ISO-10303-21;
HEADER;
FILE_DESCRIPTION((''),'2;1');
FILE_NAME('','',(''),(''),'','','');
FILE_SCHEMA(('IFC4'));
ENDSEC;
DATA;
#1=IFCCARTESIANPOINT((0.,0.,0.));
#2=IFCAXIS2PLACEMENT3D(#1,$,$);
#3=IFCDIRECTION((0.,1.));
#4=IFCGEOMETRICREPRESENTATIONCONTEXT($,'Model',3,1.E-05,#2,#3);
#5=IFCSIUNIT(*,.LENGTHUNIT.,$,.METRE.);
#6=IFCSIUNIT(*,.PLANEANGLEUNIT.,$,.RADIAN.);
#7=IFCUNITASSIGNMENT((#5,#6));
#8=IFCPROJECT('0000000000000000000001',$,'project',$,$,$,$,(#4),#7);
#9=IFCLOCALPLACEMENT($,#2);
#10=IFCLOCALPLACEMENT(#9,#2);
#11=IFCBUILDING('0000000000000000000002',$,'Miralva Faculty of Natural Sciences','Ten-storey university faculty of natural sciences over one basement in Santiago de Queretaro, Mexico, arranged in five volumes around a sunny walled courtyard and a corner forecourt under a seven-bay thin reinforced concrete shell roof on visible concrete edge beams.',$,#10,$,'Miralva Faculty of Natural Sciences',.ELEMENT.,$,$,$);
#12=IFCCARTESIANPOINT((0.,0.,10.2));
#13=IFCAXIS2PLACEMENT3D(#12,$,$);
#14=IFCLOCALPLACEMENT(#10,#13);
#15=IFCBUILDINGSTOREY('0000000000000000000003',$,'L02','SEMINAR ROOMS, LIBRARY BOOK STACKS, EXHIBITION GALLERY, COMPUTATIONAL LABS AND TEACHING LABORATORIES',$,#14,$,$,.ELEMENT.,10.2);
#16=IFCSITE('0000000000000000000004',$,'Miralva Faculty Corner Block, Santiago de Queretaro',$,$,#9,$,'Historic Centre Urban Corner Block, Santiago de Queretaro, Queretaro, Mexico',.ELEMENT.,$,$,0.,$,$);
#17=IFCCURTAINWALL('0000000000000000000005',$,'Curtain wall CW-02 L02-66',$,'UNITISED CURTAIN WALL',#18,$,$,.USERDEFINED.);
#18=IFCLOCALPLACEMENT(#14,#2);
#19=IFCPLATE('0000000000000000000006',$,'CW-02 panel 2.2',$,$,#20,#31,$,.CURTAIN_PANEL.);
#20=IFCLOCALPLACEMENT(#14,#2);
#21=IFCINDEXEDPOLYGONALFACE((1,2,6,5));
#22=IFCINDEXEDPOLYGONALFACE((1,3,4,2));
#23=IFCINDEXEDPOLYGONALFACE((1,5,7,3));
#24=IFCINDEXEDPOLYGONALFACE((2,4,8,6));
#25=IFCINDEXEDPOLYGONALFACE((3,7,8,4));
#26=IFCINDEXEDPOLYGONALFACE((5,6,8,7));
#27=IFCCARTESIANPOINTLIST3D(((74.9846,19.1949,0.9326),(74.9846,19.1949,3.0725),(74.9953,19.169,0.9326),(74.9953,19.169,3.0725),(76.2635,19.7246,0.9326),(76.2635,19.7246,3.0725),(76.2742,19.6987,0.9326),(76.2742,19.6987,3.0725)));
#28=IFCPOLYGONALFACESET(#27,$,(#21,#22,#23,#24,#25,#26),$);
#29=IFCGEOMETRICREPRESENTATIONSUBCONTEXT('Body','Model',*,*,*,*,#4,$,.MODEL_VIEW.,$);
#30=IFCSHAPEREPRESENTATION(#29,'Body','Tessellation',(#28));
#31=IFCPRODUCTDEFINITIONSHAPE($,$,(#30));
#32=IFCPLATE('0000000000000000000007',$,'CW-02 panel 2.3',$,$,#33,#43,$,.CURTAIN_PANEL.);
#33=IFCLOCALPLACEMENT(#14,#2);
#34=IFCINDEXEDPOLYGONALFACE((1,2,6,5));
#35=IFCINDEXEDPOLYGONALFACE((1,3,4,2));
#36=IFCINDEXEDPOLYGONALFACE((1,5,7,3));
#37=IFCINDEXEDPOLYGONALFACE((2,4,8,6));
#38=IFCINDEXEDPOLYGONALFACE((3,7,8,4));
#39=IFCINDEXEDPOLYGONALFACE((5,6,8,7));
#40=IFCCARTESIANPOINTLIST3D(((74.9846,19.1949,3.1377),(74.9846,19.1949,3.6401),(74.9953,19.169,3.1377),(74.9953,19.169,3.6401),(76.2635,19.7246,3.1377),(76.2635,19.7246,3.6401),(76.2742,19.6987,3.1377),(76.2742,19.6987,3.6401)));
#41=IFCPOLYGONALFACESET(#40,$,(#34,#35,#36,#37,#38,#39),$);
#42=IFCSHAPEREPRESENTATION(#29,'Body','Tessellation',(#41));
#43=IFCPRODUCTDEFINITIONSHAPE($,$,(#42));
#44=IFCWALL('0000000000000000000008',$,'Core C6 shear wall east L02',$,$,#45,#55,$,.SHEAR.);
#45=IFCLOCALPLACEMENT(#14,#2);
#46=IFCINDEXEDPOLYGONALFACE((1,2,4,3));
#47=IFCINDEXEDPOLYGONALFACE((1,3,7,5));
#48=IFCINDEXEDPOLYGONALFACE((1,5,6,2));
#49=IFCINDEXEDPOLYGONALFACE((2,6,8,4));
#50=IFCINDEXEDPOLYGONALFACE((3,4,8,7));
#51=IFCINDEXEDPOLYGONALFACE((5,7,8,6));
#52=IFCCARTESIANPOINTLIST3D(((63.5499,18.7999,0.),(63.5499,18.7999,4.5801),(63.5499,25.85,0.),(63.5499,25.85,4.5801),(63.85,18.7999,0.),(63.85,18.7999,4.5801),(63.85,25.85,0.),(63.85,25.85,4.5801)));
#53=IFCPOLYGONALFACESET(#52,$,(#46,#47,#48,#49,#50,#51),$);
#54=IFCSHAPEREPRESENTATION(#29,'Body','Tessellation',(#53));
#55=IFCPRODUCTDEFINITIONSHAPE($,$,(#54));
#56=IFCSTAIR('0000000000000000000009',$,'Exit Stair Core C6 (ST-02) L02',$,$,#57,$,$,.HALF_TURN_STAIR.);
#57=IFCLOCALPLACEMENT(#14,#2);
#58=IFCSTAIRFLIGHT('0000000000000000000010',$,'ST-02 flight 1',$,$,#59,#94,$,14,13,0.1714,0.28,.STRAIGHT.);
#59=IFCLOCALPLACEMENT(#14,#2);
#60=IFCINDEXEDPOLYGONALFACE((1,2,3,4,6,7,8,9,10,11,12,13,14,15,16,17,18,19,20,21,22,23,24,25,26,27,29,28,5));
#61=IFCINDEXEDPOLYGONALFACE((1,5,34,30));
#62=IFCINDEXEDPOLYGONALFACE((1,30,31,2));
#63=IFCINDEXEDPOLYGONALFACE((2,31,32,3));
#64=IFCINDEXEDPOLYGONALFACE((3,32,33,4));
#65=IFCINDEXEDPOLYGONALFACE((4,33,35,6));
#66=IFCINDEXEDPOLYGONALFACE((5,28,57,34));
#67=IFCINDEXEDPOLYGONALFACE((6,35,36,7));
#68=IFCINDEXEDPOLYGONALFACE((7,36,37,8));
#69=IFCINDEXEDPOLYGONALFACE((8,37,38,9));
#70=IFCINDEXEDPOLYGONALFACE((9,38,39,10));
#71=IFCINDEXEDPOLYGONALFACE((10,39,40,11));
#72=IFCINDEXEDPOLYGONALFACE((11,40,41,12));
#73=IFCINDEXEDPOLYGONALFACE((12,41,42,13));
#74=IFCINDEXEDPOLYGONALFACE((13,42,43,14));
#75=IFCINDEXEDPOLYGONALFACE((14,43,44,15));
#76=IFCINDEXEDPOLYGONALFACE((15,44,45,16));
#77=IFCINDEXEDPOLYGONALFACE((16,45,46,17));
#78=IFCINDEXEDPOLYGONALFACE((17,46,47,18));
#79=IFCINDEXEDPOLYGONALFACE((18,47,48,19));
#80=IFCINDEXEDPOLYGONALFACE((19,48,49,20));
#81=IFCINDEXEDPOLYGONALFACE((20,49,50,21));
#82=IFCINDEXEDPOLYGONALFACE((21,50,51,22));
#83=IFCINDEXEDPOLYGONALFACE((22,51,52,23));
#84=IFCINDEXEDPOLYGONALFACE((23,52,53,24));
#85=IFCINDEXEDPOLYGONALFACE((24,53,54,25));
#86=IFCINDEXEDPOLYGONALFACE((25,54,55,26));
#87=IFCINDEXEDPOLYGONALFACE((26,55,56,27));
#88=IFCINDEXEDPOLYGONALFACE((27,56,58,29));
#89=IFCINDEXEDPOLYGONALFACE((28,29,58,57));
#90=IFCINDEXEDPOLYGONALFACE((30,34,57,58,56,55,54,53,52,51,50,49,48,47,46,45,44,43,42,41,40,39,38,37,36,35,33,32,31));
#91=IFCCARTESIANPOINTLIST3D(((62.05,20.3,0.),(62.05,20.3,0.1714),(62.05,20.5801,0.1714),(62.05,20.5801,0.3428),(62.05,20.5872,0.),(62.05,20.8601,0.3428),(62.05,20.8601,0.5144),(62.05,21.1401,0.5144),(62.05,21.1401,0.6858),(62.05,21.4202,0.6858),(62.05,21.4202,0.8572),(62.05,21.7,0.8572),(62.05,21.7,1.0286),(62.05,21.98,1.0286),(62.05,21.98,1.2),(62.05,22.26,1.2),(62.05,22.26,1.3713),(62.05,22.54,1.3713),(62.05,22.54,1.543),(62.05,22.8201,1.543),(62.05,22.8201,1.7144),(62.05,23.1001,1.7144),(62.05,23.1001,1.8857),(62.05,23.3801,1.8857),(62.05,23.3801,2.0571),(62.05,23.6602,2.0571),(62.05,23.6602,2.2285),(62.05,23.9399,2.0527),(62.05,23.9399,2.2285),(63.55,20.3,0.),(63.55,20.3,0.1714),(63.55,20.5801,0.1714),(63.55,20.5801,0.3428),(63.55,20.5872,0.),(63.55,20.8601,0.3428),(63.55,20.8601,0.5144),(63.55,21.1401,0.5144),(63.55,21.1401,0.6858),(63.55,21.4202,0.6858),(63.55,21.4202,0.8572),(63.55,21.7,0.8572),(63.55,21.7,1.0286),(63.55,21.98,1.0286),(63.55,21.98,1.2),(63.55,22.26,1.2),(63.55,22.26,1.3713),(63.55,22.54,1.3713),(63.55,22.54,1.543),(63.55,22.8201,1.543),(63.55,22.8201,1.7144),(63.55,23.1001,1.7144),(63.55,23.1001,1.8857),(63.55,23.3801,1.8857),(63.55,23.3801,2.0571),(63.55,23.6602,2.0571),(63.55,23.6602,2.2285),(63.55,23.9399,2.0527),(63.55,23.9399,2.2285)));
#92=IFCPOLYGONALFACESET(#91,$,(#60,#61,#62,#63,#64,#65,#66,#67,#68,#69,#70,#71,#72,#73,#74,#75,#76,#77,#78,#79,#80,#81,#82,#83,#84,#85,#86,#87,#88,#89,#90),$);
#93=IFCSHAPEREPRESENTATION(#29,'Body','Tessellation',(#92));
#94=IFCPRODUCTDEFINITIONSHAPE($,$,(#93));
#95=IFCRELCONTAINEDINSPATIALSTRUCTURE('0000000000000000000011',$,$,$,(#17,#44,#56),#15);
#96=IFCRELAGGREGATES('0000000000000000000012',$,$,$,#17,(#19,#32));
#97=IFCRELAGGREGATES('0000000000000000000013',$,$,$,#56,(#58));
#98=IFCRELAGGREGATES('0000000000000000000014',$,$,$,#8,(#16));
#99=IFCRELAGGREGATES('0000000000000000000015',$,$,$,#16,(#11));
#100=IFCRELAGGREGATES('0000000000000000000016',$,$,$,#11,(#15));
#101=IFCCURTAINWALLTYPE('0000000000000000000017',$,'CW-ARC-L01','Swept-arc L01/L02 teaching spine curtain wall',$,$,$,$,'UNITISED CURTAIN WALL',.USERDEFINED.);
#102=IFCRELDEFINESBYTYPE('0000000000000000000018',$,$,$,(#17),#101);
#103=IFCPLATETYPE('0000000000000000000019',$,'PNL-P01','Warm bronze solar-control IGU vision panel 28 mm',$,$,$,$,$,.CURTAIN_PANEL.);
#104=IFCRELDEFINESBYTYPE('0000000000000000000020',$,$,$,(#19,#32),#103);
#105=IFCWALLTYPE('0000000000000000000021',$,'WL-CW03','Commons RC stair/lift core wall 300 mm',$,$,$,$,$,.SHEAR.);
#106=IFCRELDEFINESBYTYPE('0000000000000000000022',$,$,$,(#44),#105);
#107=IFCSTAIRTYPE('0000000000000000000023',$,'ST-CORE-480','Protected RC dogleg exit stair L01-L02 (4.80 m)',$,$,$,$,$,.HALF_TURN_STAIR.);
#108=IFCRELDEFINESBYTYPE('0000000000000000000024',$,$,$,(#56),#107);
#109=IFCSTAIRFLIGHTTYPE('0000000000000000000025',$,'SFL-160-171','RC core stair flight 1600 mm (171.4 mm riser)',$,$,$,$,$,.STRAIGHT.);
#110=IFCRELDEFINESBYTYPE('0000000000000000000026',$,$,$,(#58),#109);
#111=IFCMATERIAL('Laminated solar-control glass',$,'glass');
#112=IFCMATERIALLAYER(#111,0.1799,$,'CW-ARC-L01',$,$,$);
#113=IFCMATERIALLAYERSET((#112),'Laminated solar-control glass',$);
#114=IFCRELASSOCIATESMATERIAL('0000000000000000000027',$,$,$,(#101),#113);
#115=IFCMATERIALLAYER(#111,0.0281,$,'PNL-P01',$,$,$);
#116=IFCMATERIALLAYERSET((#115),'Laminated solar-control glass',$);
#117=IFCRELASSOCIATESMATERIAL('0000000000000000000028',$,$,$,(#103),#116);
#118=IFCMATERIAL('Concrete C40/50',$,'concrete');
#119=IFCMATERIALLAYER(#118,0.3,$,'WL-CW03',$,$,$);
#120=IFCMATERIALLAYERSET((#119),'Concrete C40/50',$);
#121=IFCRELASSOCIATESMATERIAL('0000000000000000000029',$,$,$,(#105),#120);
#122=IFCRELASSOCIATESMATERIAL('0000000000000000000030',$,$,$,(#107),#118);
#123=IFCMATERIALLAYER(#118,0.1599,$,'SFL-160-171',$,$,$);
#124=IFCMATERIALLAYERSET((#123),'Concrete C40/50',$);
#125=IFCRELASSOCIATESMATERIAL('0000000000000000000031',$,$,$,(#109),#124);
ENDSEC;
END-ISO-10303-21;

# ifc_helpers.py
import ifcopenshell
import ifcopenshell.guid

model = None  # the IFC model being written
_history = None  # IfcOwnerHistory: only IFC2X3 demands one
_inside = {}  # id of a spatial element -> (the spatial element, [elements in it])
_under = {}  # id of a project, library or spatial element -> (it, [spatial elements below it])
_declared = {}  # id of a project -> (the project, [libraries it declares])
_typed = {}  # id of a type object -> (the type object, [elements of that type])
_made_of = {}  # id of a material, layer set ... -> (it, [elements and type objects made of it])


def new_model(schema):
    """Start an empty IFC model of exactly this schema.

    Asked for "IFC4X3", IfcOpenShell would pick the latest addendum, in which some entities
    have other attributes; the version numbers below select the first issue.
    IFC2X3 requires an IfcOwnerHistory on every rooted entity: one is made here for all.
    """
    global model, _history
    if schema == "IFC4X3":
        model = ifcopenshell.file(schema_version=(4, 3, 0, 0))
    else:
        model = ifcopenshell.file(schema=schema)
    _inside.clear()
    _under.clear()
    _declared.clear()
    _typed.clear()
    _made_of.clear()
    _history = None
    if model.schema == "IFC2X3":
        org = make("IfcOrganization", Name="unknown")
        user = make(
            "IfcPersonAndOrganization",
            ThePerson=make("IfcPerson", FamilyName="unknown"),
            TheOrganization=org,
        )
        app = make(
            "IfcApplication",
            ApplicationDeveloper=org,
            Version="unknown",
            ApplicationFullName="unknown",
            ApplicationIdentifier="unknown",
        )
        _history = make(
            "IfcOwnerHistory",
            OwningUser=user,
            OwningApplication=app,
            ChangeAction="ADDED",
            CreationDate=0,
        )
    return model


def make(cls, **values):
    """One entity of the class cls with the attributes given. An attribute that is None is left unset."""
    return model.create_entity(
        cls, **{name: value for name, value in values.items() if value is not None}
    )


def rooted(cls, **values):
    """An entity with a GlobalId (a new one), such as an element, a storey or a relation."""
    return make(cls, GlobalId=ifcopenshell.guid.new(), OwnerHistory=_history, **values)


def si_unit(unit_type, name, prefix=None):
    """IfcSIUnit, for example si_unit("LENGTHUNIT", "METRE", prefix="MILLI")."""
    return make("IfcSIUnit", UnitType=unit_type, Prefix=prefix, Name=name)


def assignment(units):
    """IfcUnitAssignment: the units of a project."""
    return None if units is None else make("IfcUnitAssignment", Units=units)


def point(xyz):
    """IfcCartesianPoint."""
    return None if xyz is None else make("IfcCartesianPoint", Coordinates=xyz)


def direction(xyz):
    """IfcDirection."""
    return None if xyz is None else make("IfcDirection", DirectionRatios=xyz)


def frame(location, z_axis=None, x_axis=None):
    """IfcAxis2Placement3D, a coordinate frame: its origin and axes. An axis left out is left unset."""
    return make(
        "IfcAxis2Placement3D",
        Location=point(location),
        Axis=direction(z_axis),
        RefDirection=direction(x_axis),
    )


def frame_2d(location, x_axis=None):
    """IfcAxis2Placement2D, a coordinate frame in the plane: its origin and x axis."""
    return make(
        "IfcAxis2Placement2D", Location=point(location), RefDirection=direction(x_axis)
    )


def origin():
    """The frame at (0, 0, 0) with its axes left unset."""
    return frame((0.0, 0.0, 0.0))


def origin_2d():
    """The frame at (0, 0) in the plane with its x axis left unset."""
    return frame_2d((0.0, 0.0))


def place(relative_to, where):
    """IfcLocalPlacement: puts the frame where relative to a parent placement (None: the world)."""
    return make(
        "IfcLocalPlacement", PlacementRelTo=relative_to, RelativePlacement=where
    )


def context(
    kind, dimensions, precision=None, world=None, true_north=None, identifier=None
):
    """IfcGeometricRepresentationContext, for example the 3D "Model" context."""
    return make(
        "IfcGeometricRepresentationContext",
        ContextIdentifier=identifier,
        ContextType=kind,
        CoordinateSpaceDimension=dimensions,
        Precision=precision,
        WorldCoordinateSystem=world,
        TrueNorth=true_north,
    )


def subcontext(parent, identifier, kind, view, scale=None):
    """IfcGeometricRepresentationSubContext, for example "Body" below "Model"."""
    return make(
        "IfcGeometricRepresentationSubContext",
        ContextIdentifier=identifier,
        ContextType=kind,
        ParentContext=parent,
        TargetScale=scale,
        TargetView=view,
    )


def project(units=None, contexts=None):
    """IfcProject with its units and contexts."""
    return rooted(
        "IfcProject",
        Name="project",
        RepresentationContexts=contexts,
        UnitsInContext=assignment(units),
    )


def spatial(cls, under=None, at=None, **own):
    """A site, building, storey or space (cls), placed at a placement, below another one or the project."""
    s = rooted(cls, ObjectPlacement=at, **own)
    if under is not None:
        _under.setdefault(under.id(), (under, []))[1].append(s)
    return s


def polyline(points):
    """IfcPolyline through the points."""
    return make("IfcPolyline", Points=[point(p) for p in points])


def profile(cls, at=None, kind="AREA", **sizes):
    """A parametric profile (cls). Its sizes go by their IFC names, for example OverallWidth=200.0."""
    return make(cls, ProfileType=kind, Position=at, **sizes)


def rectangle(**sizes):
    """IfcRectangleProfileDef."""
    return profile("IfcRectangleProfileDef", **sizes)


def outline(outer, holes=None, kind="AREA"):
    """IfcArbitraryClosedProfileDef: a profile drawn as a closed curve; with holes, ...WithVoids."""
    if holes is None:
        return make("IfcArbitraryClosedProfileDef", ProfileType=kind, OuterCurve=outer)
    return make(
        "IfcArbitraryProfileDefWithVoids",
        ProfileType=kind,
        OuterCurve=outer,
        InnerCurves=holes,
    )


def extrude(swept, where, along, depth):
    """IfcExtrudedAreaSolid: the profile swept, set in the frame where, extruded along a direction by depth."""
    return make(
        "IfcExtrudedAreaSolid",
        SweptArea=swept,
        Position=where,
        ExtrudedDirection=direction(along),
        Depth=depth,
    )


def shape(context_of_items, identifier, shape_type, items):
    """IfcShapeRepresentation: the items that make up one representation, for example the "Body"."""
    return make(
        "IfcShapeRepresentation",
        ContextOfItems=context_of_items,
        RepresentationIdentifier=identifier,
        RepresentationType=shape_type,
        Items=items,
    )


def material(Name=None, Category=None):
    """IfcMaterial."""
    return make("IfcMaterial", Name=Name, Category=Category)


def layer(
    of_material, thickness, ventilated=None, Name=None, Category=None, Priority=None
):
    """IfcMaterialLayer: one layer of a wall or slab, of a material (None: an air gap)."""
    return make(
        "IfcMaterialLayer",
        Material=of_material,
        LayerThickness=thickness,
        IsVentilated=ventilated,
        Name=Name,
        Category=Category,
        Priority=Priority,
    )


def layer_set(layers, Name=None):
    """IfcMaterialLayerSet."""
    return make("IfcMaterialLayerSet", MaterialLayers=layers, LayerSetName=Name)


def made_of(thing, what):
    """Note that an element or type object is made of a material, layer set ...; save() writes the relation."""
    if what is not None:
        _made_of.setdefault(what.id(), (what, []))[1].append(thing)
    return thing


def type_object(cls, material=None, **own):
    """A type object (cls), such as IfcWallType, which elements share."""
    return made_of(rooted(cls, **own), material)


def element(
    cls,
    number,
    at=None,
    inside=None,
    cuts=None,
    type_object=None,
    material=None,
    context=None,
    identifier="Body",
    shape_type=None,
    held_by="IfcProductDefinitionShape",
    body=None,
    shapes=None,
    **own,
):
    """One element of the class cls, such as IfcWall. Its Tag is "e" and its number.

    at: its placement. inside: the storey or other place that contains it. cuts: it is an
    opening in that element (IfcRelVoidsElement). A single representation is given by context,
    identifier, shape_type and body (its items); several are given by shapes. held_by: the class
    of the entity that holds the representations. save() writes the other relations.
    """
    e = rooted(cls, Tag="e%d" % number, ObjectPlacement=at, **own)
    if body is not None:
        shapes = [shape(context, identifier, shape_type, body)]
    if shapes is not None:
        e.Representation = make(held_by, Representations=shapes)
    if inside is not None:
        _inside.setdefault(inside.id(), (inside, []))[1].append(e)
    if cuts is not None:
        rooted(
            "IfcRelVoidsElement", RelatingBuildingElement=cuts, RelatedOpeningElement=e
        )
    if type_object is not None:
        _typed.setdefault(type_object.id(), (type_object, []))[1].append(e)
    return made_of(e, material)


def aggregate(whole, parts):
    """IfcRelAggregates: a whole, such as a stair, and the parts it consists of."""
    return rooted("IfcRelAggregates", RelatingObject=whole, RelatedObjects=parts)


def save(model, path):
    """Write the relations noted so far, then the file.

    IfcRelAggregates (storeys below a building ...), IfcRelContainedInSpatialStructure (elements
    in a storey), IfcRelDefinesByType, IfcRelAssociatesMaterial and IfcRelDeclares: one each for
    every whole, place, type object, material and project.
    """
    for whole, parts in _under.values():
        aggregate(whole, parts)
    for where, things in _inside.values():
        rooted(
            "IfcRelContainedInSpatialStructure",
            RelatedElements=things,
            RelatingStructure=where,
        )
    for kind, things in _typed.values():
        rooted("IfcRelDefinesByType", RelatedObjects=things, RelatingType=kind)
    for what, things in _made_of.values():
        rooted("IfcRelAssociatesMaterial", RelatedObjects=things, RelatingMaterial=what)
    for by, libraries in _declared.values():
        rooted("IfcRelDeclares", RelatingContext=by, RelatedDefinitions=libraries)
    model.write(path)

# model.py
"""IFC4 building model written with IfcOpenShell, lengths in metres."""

from ifc_helpers import new_model, si_unit, direction, frame, frame_2d, origin, origin_2d, place, context, subcontext, project, spatial, polyline, rectangle, outline, extrude, material, layer, layer_set, type_object, element, aggregate, save


model = new_model("IFC4")

# Units and contexts
model_context = context("Model", 3, precision=1e-05, world=origin(), true_north=direction((0.0, 1.0)))
body_context = subcontext(model_context, "Body", "Model", "MODEL_VIEW")
ifc_project = project(units=[si_unit("LENGTHUNIT", "METRE"), si_unit("PLANEANGLEUNIT", "RADIAN")], contexts=[model_context])

# Site, building, storey
site_placement = place(None, origin())
site = spatial("IfcSite", under=ifc_project, at=site_placement, Name="Miralva Faculty Corner Block, Santiago de Queretaro", LongName="Historic Centre Urban Corner Block, Santiago de Queretaro, Queretaro, Mexico", CompositionType="ELEMENT", RefElevation=0.0)
building_placement = place(site_placement, origin())
building = spatial("IfcBuilding", under=site, at=building_placement, Name="Miralva Faculty of Natural Sciences", Description="Ten-storey university faculty of natural sciences over one basement in Santiago de Queretaro, Mexico, arranged in five volumes around a sunny walled courtyard and a corner forecourt under a seven-bay thin reinforced concrete shell roof on visible concrete edge beams.", LongName="Miralva Faculty of Natural Sciences", CompositionType="ELEMENT")
storey_placement = place(building_placement, frame((0.0, 0.0, 10.2)))
storey = spatial("IfcBuildingStorey", under=building, at=storey_placement, Name="L02", Description="SEMINAR ROOMS, LIBRARY BOOK STACKS, EXHIBITION GALLERY, COMPUTATIONAL LABS AND TEACHING LABORATORIES", CompositionType="ELEMENT", Elevation=10.2)

# Shared definitions
ifc_material_1 = material(Name="Concrete C40/50", Category="concrete")

# Curtain wall
ifc_material_2 = material(Name="Laminated solar-control glass", Category="glass")
ifc_layer_1 = layer(ifc_material_2, 0.1799, Name="CW-ARC-L01")
ifc_layer_set_1 = layer_set([ifc_layer_1], Name="Laminated solar-control glass")
curtain_wall_type = type_object("IfcCurtainWallType", Name="CW-ARC-L01", Description="Swept-arc L01/L02 teaching spine curtain wall", ElementType="UNITISED CURTAIN WALL", PredefinedType="USERDEFINED", material=ifc_layer_set_1)
curtain_wall_1_placement = place(storey_placement, origin())
curtain_wall_1 = element("IfcCurtainWall", 1, at=curtain_wall_1_placement, inside=storey, type_object=curtain_wall_type, Name="Curtain wall CW-02 L02-66", ObjectType="UNITISED CURTAIN WALL", PredefinedType="USERDEFINED")

# Plates
ifc_layer_2 = layer(ifc_material_2, 0.0281, Name="PNL-P01")
ifc_layer_set_2 = layer_set([ifc_layer_2], Name="Laminated solar-control glass")
plate_type = type_object("IfcPlateType", Name="PNL-P01", Description="Warm bronze solar-control IGU vision panel 28 mm", PredefinedType="CURTAIN_PANEL", material=ifc_layer_set_2)
plate_1_placement = place(storey_placement, frame((75.6294, 19.4468, 0.9326), z_axis=(0.0, 0.0, 1.0), x_axis=(0.923891, 0.382655, 0.0)))
plate_1 = element("IfcPlate", 2, at=plate_1_placement, type_object=plate_type, Name="CW-02 panel 2.2", PredefinedType="CURTAIN_PANEL", context=body_context, shape_type="SweptSolid", body=[
    extrude(rectangle(XDim=1.3843, YDim=0.0281, at=origin_2d()), origin(), (0.0, 0.0, 1.0), 2.1399),
])
plate_2_placement = place(storey_placement, frame((75.6294, 19.4468, 3.1377), z_axis=(0.0, 0.0, 1.0), x_axis=(0.923891, 0.382655, 0.0)))
plate_2 = element("IfcPlate", 3, at=plate_2_placement, type_object=plate_type, Name="CW-02 panel 2.3", PredefinedType="CURTAIN_PANEL", context=body_context, shape_type="SweptSolid", body=[
    extrude(rectangle(XDim=1.3843, YDim=0.0281, at=origin_2d()), origin(), (0.0, 0.0, 1.0), 0.5024),
])
aggregate(curtain_wall_1, [plate_1, plate_2])

# Wall
ifc_layer_3 = layer(ifc_material_1, 0.3, Name="WL-CW03")
ifc_layer_set_3 = layer_set([ifc_layer_3], Name="Concrete C40/50")
wall_type = type_object("IfcWallType", Name="WL-CW03", Description="Commons RC stair/lift core wall 300 mm", PredefinedType="SHEAR", material=ifc_layer_set_3)
wall_placement = place(storey_placement, frame((63.7, 18.8, 0.0), z_axis=(0.0, 0.0, 1.0), x_axis=(0.0, 1.0, 0.0)))
element("IfcWall", 4, at=wall_placement, inside=storey, type_object=wall_type, Name="Core C6 shear wall east L02", PredefinedType="SHEAR", context=body_context, shape_type="SweptSolid", body=[
    extrude(rectangle(XDim=7.05, YDim=0.3, at=frame_2d((3.5249, 0.0))), origin(), (0.0, 0.0, 1.0), 4.5801),
])

# Stair, stair flight
stair_type = type_object("IfcStairType", Name="ST-CORE-480", Description="Protected RC dogleg exit stair L01-L02 (4.80 m)", PredefinedType="HALF_TURN_STAIR", material=ifc_material_1)
stair_placement = place(storey_placement, origin())
stair = element("IfcStair", 5, at=stair_placement, inside=storey, type_object=stair_type, Name="Exit Stair Core C6 (ST-02) L02", PredefinedType="HALF_TURN_STAIR")
ifc_layer_4 = layer(ifc_material_1, 0.1599, Name="SFL-160-171")
ifc_layer_set_4 = layer_set([ifc_layer_4], Name="Concrete C40/50")
stair_flight_type = type_object("IfcStairFlightType", Name="SFL-160-171", Description="RC core stair flight 1600 mm (171.4 mm riser)", PredefinedType="STRAIGHT", material=ifc_layer_set_4)
stair_flight_placement = place(storey_placement, frame((62.8, 20.3, 0.0), z_axis=(0.0, 0.0, 1.0), x_axis=(0.0, 1.0, 0.0)))
stair_flight = element("IfcStairFlight", 6, at=stair_flight_placement, type_object=stair_flight_type, Name="ST-02 flight 1", NumberOfRisers=14, NumberOfTreads=13, PredefinedType="STRAIGHT", RiserHeight=0.1714, TreadLength=0.28, context=body_context, shape_type="SweptSolid", body=[
    extrude(outline(polyline([(0.0, 0.0), (0.0, 0.1714), (0.28, 0.1714), (0.28, 0.3428), (0.5601, 0.3428), (0.5601, 0.5144), (0.8401, 0.5144), (0.8401, 0.6858), (1.1201, 0.6858), (1.1201, 0.8572), (1.3999, 0.8572), (1.3999, 1.0286), (1.6799, 1.0286), (1.6799, 1.2), (1.96, 1.2), (1.96, 1.3713), (2.24, 1.3713), (2.24, 1.543), (2.52, 1.543), (2.52, 1.7144), (2.8, 1.7144), (2.8, 1.8857), (3.0801, 1.8857), (3.0801, 2.0571), (3.3601, 2.0571), (3.3601, 2.2285), (3.6399, 2.2285), (3.6399, 2.3999), (3.6399, 2.0527), (0.2871, 0.0), (0.0, 0.0)])), frame((0.0, 0.75, 0.0), z_axis=(0.0, -1.0, 0.0), x_axis=(1.0, 0.0, 0.0)), (0.0, 0.0, 1.0), 1.5),
])
aggregate(stair, [stair_flight])

save(model, "model.ifc")
